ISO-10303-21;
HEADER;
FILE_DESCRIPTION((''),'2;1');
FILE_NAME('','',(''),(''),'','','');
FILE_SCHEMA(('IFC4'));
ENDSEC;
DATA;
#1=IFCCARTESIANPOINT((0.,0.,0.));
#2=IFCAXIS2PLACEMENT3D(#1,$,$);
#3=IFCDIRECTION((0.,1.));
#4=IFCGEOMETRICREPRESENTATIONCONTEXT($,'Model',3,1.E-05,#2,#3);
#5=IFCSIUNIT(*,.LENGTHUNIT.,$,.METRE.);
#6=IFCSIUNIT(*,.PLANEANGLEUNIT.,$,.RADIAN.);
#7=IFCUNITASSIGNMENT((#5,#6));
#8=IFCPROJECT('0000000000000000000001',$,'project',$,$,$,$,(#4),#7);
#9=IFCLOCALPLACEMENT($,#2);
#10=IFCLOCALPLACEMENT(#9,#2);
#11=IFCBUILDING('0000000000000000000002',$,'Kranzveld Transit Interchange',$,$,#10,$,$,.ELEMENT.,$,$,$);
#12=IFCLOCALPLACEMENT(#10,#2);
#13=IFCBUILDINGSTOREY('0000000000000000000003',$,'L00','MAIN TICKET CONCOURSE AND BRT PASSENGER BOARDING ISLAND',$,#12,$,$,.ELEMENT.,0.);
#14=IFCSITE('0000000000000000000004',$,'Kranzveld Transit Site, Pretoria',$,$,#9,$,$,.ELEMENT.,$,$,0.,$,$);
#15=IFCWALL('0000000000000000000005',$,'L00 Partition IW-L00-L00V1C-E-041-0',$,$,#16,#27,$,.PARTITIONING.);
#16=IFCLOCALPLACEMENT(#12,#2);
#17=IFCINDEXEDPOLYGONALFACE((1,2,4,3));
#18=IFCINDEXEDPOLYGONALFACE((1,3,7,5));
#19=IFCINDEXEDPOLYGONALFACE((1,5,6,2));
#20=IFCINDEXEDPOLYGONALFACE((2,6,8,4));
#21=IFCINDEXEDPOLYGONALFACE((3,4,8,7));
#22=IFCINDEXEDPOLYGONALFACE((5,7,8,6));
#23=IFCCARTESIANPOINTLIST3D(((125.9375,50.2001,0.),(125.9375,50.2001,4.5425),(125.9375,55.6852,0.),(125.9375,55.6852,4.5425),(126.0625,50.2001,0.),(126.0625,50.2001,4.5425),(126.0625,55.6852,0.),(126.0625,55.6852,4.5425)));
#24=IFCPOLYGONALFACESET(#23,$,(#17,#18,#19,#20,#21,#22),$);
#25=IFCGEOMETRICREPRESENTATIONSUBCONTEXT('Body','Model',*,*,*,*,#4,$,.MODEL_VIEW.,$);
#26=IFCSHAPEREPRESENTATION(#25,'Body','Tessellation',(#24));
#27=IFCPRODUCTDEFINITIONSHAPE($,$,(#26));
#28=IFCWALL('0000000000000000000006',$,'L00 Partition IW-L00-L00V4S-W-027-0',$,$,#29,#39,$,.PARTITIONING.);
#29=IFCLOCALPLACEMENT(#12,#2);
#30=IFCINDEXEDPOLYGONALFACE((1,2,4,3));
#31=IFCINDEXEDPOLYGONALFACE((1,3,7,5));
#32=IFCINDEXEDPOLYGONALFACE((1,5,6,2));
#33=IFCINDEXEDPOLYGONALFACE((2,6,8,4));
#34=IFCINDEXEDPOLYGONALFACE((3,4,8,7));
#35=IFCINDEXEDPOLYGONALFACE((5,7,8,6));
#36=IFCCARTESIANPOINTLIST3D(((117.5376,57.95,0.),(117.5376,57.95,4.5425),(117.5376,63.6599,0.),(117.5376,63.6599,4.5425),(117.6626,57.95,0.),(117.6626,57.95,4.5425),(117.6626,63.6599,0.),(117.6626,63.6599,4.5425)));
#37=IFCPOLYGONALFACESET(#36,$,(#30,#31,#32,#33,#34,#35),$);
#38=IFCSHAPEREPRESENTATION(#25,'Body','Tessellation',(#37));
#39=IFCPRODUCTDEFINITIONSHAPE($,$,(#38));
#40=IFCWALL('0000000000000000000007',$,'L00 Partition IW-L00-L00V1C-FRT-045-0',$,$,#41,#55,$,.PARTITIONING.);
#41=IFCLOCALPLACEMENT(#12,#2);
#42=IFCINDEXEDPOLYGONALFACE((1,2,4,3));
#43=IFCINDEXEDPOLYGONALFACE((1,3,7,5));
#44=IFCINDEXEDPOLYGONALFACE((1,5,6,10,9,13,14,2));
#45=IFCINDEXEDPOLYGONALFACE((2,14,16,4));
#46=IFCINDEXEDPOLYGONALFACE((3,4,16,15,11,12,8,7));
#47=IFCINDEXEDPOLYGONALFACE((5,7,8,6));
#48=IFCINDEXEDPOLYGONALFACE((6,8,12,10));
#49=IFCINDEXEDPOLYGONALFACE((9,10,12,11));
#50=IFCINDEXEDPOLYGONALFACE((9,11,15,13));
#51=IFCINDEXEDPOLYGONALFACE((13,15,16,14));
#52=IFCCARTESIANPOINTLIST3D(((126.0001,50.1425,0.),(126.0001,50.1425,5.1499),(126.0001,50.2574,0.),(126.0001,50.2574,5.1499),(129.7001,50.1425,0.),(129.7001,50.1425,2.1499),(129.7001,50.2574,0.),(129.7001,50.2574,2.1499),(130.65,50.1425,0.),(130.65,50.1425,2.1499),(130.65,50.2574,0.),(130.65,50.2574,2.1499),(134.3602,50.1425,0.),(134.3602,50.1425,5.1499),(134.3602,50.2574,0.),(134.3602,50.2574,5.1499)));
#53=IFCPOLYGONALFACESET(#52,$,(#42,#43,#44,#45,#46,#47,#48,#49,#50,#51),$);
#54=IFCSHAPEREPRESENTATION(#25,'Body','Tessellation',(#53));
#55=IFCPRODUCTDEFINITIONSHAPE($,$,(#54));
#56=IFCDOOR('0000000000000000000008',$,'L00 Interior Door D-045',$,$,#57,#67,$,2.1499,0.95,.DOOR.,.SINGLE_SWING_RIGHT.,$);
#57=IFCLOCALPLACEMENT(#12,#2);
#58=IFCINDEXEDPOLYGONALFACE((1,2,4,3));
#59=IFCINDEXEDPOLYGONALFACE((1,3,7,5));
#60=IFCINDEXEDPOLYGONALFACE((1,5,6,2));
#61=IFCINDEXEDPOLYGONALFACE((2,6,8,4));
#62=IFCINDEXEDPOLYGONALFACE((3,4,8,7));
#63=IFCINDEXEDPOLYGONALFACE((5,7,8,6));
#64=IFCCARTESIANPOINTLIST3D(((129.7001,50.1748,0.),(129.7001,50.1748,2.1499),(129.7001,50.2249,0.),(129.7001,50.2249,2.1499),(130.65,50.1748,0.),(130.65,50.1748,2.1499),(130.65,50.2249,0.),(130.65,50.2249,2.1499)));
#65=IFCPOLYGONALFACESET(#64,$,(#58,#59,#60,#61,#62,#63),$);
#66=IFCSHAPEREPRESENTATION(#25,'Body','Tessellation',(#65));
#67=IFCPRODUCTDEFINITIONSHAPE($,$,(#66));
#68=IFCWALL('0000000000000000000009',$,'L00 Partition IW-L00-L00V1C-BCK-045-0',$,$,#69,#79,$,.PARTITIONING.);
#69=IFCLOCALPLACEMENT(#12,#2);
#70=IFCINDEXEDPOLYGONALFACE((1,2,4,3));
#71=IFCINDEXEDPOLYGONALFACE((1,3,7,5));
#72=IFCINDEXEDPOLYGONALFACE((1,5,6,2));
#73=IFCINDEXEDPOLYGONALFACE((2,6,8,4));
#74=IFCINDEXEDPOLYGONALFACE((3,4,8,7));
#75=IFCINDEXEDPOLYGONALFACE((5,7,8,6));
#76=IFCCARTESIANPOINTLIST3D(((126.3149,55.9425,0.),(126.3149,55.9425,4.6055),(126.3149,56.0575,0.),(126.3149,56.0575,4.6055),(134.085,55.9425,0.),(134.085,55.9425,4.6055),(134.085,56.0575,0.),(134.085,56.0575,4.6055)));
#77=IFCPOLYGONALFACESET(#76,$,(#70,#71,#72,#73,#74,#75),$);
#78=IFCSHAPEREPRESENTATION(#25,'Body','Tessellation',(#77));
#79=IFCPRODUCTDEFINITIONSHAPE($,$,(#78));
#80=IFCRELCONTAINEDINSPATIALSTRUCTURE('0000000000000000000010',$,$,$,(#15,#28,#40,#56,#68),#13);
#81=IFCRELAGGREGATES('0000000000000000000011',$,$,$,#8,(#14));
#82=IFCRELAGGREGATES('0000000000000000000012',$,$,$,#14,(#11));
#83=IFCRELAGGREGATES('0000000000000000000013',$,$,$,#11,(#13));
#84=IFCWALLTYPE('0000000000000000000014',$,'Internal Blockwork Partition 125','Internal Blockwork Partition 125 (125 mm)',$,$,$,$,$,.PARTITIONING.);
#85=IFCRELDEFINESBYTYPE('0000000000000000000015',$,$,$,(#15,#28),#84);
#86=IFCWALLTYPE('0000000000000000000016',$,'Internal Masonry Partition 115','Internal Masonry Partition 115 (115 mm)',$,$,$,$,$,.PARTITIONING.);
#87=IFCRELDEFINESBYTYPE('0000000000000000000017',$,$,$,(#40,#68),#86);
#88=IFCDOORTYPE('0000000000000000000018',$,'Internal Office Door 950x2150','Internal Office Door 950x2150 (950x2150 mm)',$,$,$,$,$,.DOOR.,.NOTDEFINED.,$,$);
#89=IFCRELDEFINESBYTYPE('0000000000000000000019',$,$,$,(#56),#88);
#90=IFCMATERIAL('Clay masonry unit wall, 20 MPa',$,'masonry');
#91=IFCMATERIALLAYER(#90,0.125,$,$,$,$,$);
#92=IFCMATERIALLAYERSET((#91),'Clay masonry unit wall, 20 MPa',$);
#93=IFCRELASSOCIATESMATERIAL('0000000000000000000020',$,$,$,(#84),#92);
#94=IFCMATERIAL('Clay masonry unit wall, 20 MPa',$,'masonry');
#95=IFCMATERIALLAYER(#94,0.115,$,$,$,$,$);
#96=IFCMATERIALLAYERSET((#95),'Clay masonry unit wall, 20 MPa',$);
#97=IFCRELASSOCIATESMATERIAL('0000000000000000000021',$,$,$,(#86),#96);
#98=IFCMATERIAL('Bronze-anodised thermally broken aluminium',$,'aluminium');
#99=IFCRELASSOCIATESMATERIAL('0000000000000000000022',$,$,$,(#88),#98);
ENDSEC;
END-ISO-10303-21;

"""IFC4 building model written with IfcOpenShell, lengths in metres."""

from ifc_helpers import new_model, si_unit, direction, frame, frame_2d, origin, place, context, subcontext, project, spatial, rectangle, extrude, material, layer, layer_set, type_object, element, fill, save


model = new_model("IFC4")

# Units and contexts
model_context = context("Model", 3, precision=1e-05, world=origin(), true_north=direction((0.0, 1.0)))
body_context = subcontext(model_context, "Body", "Model", "MODEL_VIEW")
ifc_project = project(units=[si_unit("LENGTHUNIT", "METRE"), si_unit("PLANEANGLEUNIT", "RADIAN")], contexts=[model_context])

# Site, building, storey
site_placement = place(None, origin())
site = spatial("IfcSite", under=ifc_project, at=site_placement, Name="Kranzveld Transit Site, Pretoria", CompositionType="ELEMENT", RefElevation=0.0)
building_placement = place(site_placement, origin())
building = spatial("IfcBuilding", under=site, at=building_placement, Name="Kranzveld Transit Interchange", CompositionType="ELEMENT")
storey_placement = place(building_placement, origin())
storey = spatial("IfcBuildingStorey", under=building, at=storey_placement, Name="L00", Description="MAIN TICKET CONCOURSE AND BRT PASSENGER BOARDING ISLAND", CompositionType="ELEMENT", Elevation=0.0)

# Shared definitions
ifc_material_1 = material(Name="Clay masonry unit wall, 20 MPa", Category="masonry")
ifc_layer_1 = layer(ifc_material_1, 0.125)
ifc_layer_set_1 = layer_set([ifc_layer_1], Name="Clay masonry unit wall, 20 MPa")
wall_type_1 = type_object("IfcWallType", Name="Internal Blockwork Partition 125", Description="Internal Blockwork Partition 125 (125 mm)", PredefinedType="PARTITIONING", material=ifc_layer_set_1)

# Walls
wall_1_placement = place(storey_placement, frame((126.0, 50.2, 0.0), z_axis=(0.0, 0.0, 1.0), x_axis=(0.0, 1.0, 0.0)))
element("IfcWall", 1, at=wall_1_placement, inside=storey, type_object=wall_type_1, Name="L00 Partition IW-L00-L00V1C-E-041-0", PredefinedType="PARTITIONING", context=body_context, shape_type="SweptSolid", body=[
    extrude(rectangle(XDim=5.4851, YDim=0.125, at=frame_2d((2.7427, 0.0))), origin(), (0.0, 0.0, 1.0), 4.5425),
])
wall_2_placement = place(storey_placement, frame((117.6001, 57.95, 0.0), z_axis=(0.0, 0.0, 1.0), x_axis=(0.0, 1.0, 0.0)))
element("IfcWall", 2, at=wall_2_placement, inside=storey, type_object=wall_type_1, Name="L00 Partition IW-L00-L00V4S-W-027-0", PredefinedType="PARTITIONING", context=body_context, shape_type="SweptSolid", body=[
    extrude(rectangle(XDim=5.71, YDim=0.125, at=frame_2d((2.855, 0.0))), origin(), (0.0, 0.0, 1.0), 4.5425),
])

# Wall, opening, door
ifc_material_2 = material(Name="Clay masonry unit wall, 20 MPa", Category="masonry")
ifc_layer_2 = layer(ifc_material_2, 0.115)
ifc_layer_set_2 = layer_set([ifc_layer_2], Name="Clay masonry unit wall, 20 MPa")
wall_type_2 = type_object("IfcWallType", Name="Internal Masonry Partition 115", Description="Internal Masonry Partition 115 (115 mm)", PredefinedType="PARTITIONING", material=ifc_layer_set_2)
wall_3_placement = place(storey_placement, frame((126.0, 50.2, 0.0), z_axis=(0.0, 0.0, 1.0), x_axis=(1.0, 0.0, 0.0)))
wall_3 = element("IfcWall", 3, at=wall_3_placement, inside=storey, type_object=wall_type_2, Name="L00 Partition IW-L00-L00V1C-FRT-045-0", PredefinedType="PARTITIONING", context=body_context, shape_type="SweptSolid", body=[
    extrude(rectangle(XDim=8.3601, YDim=0.115, at=frame_2d((4.1802, 0.0))), origin(), (0.0, 0.0, 1.0), 5.1499),
])
opening_1_placement = place(wall_3_placement, frame((3.7, 0.0, 0.0), z_axis=(0.0, 0.0, 1.0), x_axis=(1.0, 0.0, 0.0)))
opening_1 = element("IfcOpeningElement", 4, at=opening_1_placement, cuts=wall_3, PredefinedType="OPENING", context=body_context, shape_type="SweptSolid", body=[
    extrude(rectangle(XDim=0.95, YDim=2.1499, at=frame_2d((0.4751, 1.075))), frame((0.0, 0.0674, 0.0), z_axis=(0.0, -1.0, 0.0), x_axis=(1.0, 0.0, 0.0)), (0.0, 0.0, 1.0), 0.135),
])
ifc_material_3 = material(Name="Bronze-anodised thermally broken aluminium", Category="aluminium")
door_type_1 = type_object("IfcDoorType", Name="Internal Office Door 950x2150", Description="Internal Office Door 950x2150 (950x2150 mm)", OperationType="NOTDEFINED", PredefinedType="DOOR", material=ifc_material_3)
door_1_placement = place(opening_1_placement, origin())
door_1 = element("IfcDoor", 5, at=door_1_placement, inside=storey, type_object=door_type_1, Name="L00 Interior Door D-045", OperationType="SINGLE_SWING_RIGHT", OverallHeight=2.1499, OverallWidth=0.95, PredefinedType="DOOR", context=body_context, shape_type="SweptSolid", body=[
    extrude(rectangle(XDim=0.95, YDim=2.1499, at=frame_2d((0.4751, 1.075))), frame((0.0, 0.0249, 0.0), z_axis=(0.0, -1.0, 0.0), x_axis=(1.0, 0.0, 0.0)), (0.0, 0.0, 1.0), 0.05),
])
fill(opening_1, door_1)

# Wall
wall_4_placement = place(storey_placement, frame((126.3149, 56.0, 0.0), z_axis=(0.0, 0.0, 1.0), x_axis=(1.0, 0.0, 0.0)))
element("IfcWall", 6, at=wall_4_placement, inside=storey, type_object=wall_type_2, Name="L00 Partition IW-L00-L00V1C-BCK-045-0", PredefinedType="PARTITIONING", context=body_context, shape_type="SweptSolid", body=[
    extrude(rectangle(XDim=7.77, YDim=0.115, at=frame_2d((3.885, 0.0))), origin(), (0.0, 0.0, 1.0), 4.6055),
])

save(model, "model.ifc")
